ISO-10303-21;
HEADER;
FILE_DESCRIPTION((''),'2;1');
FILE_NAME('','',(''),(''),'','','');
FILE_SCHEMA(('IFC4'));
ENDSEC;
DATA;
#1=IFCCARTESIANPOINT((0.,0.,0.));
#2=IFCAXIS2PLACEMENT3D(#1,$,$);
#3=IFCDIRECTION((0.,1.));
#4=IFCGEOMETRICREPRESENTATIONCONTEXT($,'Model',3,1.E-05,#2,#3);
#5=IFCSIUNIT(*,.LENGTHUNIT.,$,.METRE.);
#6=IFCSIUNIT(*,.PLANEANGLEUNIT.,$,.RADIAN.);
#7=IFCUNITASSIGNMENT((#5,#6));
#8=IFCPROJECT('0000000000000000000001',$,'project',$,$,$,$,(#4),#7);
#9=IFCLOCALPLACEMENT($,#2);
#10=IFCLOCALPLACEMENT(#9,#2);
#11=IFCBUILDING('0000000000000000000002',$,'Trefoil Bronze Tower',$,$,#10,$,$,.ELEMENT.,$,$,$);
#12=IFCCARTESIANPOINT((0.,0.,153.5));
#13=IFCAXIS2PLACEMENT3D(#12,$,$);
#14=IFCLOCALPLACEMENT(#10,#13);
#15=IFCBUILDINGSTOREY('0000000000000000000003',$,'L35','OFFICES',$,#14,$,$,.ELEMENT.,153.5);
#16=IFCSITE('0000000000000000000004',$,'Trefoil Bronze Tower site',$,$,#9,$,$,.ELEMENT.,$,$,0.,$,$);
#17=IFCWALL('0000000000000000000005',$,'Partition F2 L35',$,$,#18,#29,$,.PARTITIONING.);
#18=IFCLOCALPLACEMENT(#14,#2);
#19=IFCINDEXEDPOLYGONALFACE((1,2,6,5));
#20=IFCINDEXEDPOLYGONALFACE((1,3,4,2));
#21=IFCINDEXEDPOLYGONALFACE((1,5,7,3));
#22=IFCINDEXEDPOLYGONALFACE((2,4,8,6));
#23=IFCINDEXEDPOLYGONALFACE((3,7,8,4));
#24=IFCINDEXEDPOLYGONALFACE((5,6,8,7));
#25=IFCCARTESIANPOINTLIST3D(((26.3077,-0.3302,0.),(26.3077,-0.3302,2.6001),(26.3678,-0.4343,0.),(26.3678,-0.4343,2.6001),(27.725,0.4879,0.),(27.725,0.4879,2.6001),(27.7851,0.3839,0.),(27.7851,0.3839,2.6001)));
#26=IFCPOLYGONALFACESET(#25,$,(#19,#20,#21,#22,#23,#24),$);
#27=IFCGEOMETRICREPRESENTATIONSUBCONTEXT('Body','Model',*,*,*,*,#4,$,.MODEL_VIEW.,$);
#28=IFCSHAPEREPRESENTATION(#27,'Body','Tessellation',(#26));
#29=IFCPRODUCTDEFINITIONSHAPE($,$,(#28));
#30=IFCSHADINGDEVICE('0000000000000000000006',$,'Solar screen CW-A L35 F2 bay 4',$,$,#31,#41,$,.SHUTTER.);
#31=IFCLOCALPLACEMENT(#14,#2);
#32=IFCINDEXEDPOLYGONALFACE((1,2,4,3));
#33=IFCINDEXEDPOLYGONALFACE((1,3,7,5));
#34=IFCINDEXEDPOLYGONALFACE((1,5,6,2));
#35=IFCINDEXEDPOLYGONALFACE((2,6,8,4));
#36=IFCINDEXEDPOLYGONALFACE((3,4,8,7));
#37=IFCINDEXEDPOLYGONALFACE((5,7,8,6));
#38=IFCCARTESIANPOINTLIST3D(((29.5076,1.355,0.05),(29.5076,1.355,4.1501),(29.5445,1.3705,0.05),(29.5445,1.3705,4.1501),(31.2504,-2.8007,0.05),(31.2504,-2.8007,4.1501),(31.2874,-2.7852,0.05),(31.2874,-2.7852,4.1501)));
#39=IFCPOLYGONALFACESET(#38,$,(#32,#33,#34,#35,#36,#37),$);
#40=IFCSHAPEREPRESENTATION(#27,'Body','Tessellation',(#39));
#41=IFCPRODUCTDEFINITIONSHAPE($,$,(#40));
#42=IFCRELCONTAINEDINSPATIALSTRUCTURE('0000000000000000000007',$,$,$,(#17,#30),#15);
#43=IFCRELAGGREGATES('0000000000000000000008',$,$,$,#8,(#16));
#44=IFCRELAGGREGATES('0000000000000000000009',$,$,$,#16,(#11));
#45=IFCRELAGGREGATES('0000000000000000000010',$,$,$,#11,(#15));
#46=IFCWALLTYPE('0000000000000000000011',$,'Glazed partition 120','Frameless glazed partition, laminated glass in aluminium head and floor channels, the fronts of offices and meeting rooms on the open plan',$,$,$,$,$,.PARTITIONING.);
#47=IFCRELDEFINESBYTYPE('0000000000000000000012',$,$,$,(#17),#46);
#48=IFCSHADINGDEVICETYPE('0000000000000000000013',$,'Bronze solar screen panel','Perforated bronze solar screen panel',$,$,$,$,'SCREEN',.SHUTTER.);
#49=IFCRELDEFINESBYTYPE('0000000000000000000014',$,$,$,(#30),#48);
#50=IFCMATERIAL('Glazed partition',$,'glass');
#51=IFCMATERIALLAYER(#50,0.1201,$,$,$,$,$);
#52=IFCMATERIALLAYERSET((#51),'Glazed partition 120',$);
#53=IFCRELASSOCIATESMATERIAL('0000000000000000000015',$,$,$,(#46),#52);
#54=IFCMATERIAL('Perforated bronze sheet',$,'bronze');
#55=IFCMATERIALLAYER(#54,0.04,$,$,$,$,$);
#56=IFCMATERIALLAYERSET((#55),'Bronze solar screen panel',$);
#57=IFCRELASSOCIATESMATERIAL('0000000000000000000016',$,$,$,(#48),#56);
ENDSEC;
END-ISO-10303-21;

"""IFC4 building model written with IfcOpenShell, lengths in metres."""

from ifc_helpers import new_model, si_unit, direction, frame, frame_2d, origin, origin_2d, place, context, subcontext, project, spatial, rectangle, extrude, material, layer, layer_set, type_object, element, save


model = new_model("IFC4")

# Units and contexts
model_context = context("Model", 3, precision=1e-05, world=origin(), true_north=direction((0.0, 1.0)))
body_context = subcontext(model_context, "Body", "Model", "MODEL_VIEW")
ifc_project = project(units=[si_unit("LENGTHUNIT", "METRE"), si_unit("PLANEANGLEUNIT", "RADIAN")], contexts=[model_context])

# Site, building, storey
site_placement = place(None, origin())
site = spatial("IfcSite", under=ifc_project, at=site_placement, Name="Trefoil Bronze Tower site", CompositionType="ELEMENT", RefElevation=0.0)
building_placement = place(site_placement, origin())
building = spatial("IfcBuilding", under=site, at=building_placement, Name="Trefoil Bronze Tower", CompositionType="ELEMENT")
storey_placement = place(building_placement, frame((0.0, 0.0, 153.5)))
storey = spatial("IfcBuildingStorey", under=building, at=storey_placement, Name="L35", Description="OFFICES", CompositionType="ELEMENT", Elevation=153.5)

# Shared definitions
ifc_material_1 = material(Name="Glazed partition", Category="glass")
ifc_layer_1 = layer(ifc_material_1, 0.1201)
ifc_layer_set_1 = layer_set([ifc_layer_1], Name="Glazed partition 120")
wall_type_1 = type_object("IfcWallType", Name="Glazed partition 120", Description="Frameless glazed partition, laminated glass in aluminium head and floor channels, the fronts of offices and meeting rooms on the open plan", PredefinedType="PARTITIONING", material=ifc_layer_set_1)

# Wall
wall_1_placement = place(storey_placement, frame((26.3376, -0.3823, 0.0), z_axis=(0.0, 0.0, 1.0), x_axis=(0.866059, 0.499942, 0.0)))
element("IfcWall", 1, at=wall_1_placement, inside=storey, type_object=wall_type_1, Name="Partition F2 L35", PredefinedType="PARTITIONING", context=body_context, shape_type="SweptSolid", body=[
    extrude(rectangle(XDim=1.6365, YDim=0.1201, at=frame_2d((0.8184, 0.0))), origin(), (0.0, 0.0, 1.0), 2.6001),
])

# Shading device
ifc_material_2 = material(Name="Perforated bronze sheet", Category="bronze")
ifc_layer_2 = layer(ifc_material_2, 0.04)
ifc_layer_set_2 = layer_set([ifc_layer_2], Name="Bronze solar screen panel")
shading_device_type = type_object("IfcShadingDeviceType", Name="Bronze solar screen panel", Description="Perforated bronze solar screen panel", ElementType="SCREEN", PredefinedType="SHUTTER", material=ifc_layer_set_2)
shading_device_placement = place(storey_placement, frame((30.3975, -0.7151, 0.05), z_axis=(0.0, 0.0, 1.0), x_axis=(-0.386759, 0.922181, 0.0)))
element("IfcShadingDevice", 2, at=shading_device_placement, inside=storey, type_object=shading_device_type, Name="Solar screen CW-A L35 F2 bay 4", PredefinedType="SHUTTER", context=body_context, shape_type="SweptSolid", body=[
    extrude(rectangle(XDim=4.5063, YDim=0.04, at=origin_2d()), origin(), (0.0, 0.0, 1.0), 4.1001),
])

save(model, "model.ifc")
